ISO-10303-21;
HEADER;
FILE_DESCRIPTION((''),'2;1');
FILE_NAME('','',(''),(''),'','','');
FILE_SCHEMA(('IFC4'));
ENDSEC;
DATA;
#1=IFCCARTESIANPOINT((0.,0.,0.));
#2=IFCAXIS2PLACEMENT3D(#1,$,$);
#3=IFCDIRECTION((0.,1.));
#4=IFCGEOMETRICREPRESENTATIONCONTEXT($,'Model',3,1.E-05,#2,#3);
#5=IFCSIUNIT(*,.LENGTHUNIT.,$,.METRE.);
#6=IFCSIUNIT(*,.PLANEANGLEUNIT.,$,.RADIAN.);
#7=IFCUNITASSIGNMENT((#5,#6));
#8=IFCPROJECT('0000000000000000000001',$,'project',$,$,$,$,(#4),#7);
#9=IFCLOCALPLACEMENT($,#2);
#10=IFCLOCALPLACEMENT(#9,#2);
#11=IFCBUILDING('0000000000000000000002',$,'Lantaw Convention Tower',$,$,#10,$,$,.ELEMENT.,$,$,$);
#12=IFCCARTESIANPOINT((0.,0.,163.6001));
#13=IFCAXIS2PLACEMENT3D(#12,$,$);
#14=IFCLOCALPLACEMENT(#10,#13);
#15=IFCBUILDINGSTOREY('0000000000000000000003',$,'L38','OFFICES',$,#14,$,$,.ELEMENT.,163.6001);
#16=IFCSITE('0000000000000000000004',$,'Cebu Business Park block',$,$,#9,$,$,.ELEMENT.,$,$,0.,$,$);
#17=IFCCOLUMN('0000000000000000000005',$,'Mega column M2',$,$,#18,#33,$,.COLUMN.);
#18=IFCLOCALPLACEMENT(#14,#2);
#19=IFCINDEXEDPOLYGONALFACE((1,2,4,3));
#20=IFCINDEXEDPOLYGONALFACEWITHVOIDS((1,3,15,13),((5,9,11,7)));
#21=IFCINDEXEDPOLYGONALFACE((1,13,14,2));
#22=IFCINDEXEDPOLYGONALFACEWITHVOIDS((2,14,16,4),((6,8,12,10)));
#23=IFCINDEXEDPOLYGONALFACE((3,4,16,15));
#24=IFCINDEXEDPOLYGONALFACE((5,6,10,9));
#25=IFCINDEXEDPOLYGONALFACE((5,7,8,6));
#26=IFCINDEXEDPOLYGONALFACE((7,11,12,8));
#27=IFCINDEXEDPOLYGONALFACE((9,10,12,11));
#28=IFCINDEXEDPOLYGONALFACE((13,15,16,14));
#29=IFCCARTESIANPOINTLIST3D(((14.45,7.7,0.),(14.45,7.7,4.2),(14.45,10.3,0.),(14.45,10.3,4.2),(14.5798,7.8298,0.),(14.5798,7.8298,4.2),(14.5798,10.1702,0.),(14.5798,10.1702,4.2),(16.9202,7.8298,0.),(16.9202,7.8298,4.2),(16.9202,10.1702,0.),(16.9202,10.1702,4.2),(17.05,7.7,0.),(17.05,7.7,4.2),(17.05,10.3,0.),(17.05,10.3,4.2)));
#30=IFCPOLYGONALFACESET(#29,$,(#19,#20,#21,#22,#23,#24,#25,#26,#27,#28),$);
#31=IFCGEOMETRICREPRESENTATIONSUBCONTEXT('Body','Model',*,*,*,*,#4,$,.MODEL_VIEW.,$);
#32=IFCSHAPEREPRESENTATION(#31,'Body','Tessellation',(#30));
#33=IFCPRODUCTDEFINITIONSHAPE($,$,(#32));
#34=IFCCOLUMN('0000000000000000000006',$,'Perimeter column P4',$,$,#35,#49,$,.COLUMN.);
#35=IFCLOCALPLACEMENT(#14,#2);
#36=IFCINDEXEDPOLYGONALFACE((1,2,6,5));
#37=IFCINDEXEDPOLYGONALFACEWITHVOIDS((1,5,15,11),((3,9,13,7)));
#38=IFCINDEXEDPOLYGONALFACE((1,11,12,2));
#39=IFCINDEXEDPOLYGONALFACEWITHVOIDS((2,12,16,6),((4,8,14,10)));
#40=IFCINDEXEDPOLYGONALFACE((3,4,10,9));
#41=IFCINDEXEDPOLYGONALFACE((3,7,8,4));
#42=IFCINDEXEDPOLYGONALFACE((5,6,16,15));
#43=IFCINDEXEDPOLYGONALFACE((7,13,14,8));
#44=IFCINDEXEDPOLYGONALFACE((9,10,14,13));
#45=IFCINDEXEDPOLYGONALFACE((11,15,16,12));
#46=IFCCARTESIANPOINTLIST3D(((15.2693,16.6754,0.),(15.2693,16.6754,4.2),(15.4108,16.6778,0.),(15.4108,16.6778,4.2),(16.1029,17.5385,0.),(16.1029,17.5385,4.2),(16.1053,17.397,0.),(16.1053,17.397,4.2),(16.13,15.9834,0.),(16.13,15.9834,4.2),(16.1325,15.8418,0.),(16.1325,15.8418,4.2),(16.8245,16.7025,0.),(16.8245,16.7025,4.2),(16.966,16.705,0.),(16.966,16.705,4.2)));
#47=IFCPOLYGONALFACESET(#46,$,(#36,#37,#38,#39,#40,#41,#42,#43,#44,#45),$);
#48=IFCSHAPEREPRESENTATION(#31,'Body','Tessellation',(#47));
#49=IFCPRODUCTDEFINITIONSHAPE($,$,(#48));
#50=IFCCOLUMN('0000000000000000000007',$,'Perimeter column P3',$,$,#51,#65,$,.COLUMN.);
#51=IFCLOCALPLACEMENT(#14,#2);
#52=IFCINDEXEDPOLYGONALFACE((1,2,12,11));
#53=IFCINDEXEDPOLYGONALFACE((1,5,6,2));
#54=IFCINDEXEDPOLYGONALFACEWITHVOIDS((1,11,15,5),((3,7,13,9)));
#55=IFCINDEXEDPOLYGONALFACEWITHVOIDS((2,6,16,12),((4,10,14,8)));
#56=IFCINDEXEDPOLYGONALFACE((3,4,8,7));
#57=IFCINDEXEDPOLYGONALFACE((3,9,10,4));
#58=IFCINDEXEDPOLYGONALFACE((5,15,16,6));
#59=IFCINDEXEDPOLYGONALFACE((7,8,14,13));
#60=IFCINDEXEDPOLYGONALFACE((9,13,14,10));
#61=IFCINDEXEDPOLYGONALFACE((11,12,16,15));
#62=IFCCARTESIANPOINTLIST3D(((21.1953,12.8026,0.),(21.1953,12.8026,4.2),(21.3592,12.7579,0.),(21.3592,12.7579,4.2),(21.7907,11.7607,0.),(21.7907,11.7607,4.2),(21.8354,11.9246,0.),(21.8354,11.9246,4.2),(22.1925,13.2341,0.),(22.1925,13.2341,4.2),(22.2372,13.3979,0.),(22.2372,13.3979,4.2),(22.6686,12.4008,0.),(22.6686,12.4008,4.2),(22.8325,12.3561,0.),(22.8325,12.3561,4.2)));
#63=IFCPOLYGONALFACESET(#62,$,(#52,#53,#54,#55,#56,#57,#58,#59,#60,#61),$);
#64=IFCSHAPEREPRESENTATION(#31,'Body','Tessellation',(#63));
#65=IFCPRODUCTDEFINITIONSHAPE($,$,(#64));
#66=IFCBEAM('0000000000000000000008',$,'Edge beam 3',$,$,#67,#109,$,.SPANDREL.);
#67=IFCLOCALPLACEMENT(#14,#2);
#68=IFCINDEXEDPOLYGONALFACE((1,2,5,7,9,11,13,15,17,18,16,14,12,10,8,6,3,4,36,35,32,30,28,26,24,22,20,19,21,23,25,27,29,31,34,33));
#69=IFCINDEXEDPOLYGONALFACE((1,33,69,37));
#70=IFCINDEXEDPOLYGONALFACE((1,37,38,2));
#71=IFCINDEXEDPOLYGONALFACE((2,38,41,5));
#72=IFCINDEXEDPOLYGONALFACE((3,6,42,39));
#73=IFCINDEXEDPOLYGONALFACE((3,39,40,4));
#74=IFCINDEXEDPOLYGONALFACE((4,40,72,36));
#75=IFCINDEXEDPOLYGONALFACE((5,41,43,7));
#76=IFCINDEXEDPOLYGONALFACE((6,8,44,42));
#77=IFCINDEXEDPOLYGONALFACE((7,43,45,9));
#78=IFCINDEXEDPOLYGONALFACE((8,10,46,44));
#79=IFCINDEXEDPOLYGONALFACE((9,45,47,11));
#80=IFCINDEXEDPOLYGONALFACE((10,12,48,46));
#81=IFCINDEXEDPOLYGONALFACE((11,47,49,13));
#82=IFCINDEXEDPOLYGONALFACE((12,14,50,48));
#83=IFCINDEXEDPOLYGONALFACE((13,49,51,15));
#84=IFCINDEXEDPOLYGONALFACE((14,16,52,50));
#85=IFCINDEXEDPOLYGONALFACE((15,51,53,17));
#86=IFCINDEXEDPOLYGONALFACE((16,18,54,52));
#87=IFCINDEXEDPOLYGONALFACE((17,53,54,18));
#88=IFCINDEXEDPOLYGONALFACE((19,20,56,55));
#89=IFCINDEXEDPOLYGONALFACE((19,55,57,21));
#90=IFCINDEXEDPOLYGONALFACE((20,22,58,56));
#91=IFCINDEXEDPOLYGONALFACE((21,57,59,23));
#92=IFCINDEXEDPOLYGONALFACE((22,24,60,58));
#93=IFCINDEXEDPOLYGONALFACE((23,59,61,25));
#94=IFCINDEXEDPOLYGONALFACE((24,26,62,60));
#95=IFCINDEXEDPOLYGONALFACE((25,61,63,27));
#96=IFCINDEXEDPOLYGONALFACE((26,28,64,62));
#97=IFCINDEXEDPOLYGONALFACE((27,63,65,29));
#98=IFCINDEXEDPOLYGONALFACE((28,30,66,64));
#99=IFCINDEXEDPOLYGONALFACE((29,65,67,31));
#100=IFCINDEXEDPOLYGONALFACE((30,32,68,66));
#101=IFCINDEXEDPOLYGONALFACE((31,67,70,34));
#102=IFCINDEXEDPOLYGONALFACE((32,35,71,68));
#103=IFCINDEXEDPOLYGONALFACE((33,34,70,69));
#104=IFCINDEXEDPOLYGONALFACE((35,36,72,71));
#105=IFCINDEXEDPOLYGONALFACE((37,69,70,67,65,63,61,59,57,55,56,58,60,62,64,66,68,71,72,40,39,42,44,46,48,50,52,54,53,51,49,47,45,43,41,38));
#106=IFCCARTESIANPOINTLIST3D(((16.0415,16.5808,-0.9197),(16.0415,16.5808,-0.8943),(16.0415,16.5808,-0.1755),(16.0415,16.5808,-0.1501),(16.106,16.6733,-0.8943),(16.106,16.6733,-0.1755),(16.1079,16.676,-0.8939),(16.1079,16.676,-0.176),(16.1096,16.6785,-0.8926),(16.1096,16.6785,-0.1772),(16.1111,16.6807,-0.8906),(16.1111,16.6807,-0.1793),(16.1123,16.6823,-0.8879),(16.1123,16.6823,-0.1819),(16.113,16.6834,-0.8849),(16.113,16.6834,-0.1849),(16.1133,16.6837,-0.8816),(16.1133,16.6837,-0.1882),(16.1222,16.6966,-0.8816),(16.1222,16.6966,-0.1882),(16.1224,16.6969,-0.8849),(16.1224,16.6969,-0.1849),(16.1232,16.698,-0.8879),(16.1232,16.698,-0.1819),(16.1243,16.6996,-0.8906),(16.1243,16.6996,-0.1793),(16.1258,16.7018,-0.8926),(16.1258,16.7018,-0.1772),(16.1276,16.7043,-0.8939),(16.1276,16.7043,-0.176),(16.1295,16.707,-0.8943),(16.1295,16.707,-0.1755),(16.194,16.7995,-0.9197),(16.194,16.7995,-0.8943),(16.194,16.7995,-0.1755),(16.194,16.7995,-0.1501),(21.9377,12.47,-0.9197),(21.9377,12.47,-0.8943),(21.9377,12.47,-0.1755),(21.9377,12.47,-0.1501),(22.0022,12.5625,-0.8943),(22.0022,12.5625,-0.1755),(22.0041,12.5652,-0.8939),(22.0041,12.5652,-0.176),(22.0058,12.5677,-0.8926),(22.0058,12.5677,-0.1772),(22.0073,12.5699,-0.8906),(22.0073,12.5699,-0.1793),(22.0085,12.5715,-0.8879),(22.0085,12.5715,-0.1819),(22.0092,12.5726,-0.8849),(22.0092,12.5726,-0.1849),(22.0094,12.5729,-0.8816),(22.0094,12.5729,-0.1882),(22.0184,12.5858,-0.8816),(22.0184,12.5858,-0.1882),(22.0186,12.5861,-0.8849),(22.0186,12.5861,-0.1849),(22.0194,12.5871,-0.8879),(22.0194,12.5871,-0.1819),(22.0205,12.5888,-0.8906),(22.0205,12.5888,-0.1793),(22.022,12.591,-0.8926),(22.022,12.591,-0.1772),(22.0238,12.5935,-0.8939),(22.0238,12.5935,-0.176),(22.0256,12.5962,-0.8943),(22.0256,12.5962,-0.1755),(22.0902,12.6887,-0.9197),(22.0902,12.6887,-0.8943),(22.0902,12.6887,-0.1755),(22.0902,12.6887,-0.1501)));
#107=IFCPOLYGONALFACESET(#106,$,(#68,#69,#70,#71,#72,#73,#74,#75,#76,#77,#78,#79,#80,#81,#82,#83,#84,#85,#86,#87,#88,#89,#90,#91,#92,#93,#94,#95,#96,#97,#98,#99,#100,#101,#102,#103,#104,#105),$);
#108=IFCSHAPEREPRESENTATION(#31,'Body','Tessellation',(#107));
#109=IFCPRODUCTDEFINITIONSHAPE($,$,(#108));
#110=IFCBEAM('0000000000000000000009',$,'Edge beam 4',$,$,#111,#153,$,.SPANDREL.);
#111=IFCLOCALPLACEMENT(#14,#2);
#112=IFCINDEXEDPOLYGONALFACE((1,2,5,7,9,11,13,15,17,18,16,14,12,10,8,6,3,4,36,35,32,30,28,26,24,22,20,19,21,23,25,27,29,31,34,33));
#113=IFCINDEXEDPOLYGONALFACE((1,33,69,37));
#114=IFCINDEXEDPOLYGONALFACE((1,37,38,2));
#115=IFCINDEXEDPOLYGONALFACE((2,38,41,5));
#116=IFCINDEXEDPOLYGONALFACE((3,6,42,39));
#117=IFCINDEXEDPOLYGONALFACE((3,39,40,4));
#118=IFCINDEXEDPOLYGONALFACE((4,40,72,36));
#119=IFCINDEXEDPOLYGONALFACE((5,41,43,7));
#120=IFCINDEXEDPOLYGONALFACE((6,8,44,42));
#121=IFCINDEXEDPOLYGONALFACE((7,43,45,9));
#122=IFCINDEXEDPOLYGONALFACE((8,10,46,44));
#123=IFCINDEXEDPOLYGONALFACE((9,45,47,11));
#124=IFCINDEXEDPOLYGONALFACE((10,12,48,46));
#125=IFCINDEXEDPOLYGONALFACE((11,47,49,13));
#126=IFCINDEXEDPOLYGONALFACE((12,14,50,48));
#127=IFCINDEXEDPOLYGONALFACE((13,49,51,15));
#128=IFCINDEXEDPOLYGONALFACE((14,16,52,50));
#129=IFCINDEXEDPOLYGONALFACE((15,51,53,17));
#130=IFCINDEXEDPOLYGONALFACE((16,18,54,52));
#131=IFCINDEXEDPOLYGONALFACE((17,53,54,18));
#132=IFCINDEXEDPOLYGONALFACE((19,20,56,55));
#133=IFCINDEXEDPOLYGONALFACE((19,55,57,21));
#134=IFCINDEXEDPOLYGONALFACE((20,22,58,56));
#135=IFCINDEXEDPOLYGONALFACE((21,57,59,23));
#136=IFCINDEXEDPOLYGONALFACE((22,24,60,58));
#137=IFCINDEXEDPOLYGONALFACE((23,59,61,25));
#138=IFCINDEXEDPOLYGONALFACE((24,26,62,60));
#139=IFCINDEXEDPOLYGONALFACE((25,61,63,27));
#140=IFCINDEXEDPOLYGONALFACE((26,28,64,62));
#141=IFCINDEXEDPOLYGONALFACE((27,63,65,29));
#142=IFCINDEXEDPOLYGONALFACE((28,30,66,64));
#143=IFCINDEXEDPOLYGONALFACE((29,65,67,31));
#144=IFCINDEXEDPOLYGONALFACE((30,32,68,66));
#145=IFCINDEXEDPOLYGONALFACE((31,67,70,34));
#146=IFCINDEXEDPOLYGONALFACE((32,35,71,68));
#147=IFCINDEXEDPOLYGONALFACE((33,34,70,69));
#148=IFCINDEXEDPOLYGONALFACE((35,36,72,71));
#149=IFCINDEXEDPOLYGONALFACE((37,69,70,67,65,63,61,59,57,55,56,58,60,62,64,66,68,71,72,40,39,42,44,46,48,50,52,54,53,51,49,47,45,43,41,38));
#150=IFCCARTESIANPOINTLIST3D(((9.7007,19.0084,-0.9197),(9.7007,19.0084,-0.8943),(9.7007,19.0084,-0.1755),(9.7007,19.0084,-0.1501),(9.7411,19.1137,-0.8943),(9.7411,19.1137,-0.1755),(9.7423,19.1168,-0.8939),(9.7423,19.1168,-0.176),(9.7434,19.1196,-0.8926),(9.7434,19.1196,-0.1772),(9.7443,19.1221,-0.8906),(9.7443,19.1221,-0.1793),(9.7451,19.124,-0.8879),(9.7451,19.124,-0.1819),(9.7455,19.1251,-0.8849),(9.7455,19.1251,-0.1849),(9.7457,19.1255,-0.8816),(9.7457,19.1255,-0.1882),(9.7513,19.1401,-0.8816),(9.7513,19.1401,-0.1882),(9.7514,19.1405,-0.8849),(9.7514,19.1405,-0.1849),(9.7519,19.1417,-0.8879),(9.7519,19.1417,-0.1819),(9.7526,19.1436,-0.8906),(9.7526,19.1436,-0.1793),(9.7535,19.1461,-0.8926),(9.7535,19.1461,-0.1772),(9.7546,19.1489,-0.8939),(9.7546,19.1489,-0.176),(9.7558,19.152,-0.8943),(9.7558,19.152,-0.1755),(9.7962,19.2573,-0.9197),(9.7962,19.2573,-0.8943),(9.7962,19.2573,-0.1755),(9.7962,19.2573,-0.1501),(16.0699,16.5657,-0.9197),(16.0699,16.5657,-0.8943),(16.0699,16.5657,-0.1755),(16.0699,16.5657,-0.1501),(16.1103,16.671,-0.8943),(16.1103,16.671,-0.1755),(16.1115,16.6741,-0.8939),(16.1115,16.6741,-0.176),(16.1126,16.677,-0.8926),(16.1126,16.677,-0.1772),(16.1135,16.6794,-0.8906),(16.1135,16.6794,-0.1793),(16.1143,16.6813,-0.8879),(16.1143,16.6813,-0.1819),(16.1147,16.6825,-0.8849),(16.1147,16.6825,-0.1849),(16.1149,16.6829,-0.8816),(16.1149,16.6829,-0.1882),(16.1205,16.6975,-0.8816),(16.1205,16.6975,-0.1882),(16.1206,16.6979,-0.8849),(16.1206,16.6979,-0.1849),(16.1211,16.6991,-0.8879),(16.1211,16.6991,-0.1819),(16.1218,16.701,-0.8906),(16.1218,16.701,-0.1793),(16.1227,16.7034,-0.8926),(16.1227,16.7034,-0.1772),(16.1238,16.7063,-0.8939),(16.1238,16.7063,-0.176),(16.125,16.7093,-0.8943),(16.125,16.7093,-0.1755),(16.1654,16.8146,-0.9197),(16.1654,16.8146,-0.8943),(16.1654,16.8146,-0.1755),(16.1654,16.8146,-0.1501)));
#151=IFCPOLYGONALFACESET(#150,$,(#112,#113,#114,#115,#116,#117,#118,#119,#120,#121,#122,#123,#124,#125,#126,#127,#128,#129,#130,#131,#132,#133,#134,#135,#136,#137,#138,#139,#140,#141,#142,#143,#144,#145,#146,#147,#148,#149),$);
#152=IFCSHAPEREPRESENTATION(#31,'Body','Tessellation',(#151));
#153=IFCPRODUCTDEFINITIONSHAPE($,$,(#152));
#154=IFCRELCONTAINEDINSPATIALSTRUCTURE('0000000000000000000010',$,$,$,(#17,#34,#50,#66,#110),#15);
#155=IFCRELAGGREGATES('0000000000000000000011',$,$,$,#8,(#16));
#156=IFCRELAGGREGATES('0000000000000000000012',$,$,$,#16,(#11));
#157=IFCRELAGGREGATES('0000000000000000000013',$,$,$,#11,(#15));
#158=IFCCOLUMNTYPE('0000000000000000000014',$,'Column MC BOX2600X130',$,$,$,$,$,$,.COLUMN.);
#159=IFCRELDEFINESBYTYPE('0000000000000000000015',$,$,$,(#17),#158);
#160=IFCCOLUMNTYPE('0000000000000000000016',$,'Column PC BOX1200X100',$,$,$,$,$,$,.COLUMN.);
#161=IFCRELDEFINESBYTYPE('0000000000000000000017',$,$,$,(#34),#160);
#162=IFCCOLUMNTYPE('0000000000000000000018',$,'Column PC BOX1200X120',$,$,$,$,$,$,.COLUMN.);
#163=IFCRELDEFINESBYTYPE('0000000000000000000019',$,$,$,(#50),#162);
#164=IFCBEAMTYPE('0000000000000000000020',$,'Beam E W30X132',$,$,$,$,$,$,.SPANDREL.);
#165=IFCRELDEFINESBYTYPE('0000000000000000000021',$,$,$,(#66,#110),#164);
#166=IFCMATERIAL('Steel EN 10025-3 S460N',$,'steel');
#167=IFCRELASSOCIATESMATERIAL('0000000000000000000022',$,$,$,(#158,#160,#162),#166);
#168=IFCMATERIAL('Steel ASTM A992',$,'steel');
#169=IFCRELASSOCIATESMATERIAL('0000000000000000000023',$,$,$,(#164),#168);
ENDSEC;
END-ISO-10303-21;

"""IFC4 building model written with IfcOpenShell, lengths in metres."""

from ifc_helpers import new_model, si_unit, direction, frame, origin, origin_2d, place, context, subcontext, project, spatial, rectangle, hollow_rectangle, i_section, extrude, material, material_profile, profile_set, type_object, element, save


model = new_model("IFC4")

# Units and contexts
model_context = context("Model", 3, precision=1e-05, world=origin(), true_north=direction((0.0, 1.0)))
body_context = subcontext(model_context, "Body", "Model", "MODEL_VIEW")
ifc_project = project(units=[si_unit("LENGTHUNIT", "METRE"), si_unit("PLANEANGLEUNIT", "RADIAN")], contexts=[model_context])

# Site, building, storey
site_placement = place(None, origin())
site = spatial("IfcSite", under=ifc_project, at=site_placement, Name="Cebu Business Park block", CompositionType="ELEMENT", RefElevation=0.0)
building_placement = place(site_placement, origin())
building = spatial("IfcBuilding", under=site, at=building_placement, Name="Lantaw Convention Tower", CompositionType="ELEMENT")
storey_placement = place(building_placement, frame((0.0, 0.0, 163.6001)))
storey = spatial("IfcBuildingStorey", under=building, at=storey_placement, Name="L38", Description="OFFICES", CompositionType="ELEMENT", Elevation=163.6001)

# Columns
ifc_material_1 = material(Name="Steel EN 10025-3 S460N", Category="steel")
ifc_material_profile_1 = material_profile(ifc_material_1, hollow_rectangle(XDim=2.6001, YDim=2.6001, WallThickness=0.1299, at=origin_2d()), Name="BOX2600X130")
ifc_material_2 = material(Name="Concrete C60/75", Category="concrete")
ifc_material_profile_2 = material_profile(ifc_material_2, rectangle(XDim=2.3401, YDim=2.3401, at=origin_2d()), Name="Concrete fill of BOX2600X130")
ifc_profile_set_1 = profile_set([ifc_material_profile_1, ifc_material_profile_2], Name="Steel EN 10025-3 S460N")
column_type_1 = type_object("IfcColumnType", Name="Column MC BOX2600X130", PredefinedType="COLUMN", material=ifc_profile_set_1)
column_1_placement = place(storey_placement, frame((15.75, 9.0, 0.0), z_axis=(0.0, 0.0, 1.0), x_axis=(1.0, 0.0, 0.0)))
element("IfcColumn", 1, at=column_1_placement, inside=storey, type_object=column_type_1, Name="Mega column M2", PredefinedType="COLUMN", context=body_context, shape_type="SweptSolid", body=[
    extrude(hollow_rectangle(XDim=2.6001, YDim=2.6001, WallThickness=0.1299, at=origin_2d()), origin(), (0.0, 0.0, 1.0), 4.2),
])
ifc_material_profile_3 = material_profile(ifc_material_1, hollow_rectangle(XDim=1.2, YDim=1.2, WallThickness=0.1001, at=origin_2d()), Name="BOX1200X100")
ifc_material_profile_4 = material_profile(ifc_material_2, rectangle(XDim=1.0, YDim=1.0, at=origin_2d()), Name="Concrete fill of BOX1200X100")
ifc_profile_set_2 = profile_set([ifc_material_profile_3, ifc_material_profile_4], Name="Steel EN 10025-3 S460N")
column_type_2 = type_object("IfcColumnType", Name="Column PC BOX1200X100", PredefinedType="COLUMN", material=ifc_profile_set_2)
column_2_placement = place(storey_placement, frame((16.1177, 16.6902, 0.0), z_axis=(0.0, 0.0, 1.0), x_axis=(0.694658, 0.71934, 0.0)))
element("IfcColumn", 2, at=column_2_placement, inside=storey, type_object=column_type_2, Name="Perimeter column P4", PredefinedType="COLUMN", context=body_context, shape_type="SweptSolid", body=[
    extrude(hollow_rectangle(XDim=1.2, YDim=1.2, WallThickness=0.1001, at=origin_2d()), origin(), (0.0, 0.0, 1.0), 4.2),
])
ifc_material_profile_5 = material_profile(ifc_material_1, hollow_rectangle(XDim=1.2, YDim=1.2, WallThickness=0.1201, at=origin_2d()), Name="BOX1200X120")
ifc_material_profile_6 = material_profile(ifc_material_2, rectangle(XDim=0.96, YDim=0.96, at=origin_2d()), Name="Concrete fill of BOX1200X120")
ifc_profile_set_3 = profile_set([ifc_material_profile_5, ifc_material_profile_6], Name="Steel EN 10025-3 S460N")
column_type_3 = type_object("IfcColumnType", Name="Column PC BOX1200X120", PredefinedType="COLUMN", material=ifc_profile_set_3)
column_3_placement = place(storey_placement, frame((22.0139, 12.5793, 0.0), z_axis=(0.0, 0.0, 1.0), x_axis=(0.868243, 0.496139, 0.0)))
element("IfcColumn", 3, at=column_3_placement, inside=storey, type_object=column_type_3, Name="Perimeter column P3", PredefinedType="COLUMN", context=body_context, shape_type="SweptSolid", body=[
    extrude(hollow_rectangle(XDim=1.2, YDim=1.2, WallThickness=0.1201, at=origin_2d()), origin(), (0.0, 0.0, 1.0), 4.2),
])

# Beams
ifc_material_3 = material(Name="Steel ASTM A992", Category="steel")
ifc_material_profile_7 = material_profile(ifc_material_3, i_section(OverallWidth=0.2666, OverallDepth=0.7695, WebThickness=0.0156, FlangeThickness=0.0254, FilletRadius=0.0127, at=origin_2d()), Name="W30X132")
ifc_profile_set_4 = profile_set([ifc_material_profile_7], Name="Steel ASTM A992")
beam_type_1 = type_object("IfcBeamType", Name="Beam E W30X132", PredefinedType="SPANDREL", material=ifc_profile_set_4)
beam_1_placement = place(storey_placement, frame((22.0139, 12.5793, -0.5349), z_axis=(-0.820311, 0.571918, 0.0), x_axis=(-0.571918, -0.820311, 0.0)))
element("IfcBeam", 4, at=beam_1_placement, inside=storey, type_object=beam_type_1, Name="Edge beam 3", PredefinedType="SPANDREL", context=body_context, shape_type="SweptSolid", body=[
    extrude(i_section(OverallWidth=0.2666, OverallDepth=0.7695, WebThickness=0.0156, FlangeThickness=0.0254, FilletRadius=0.0127, at=origin_2d()), origin(), (0.0, 0.0, 1.0), 7.1877),
])
beam_2_placement = place(storey_placement, frame((16.1177, 16.6902, -0.5349), z_axis=(-0.933691, 0.35808, 0.0), x_axis=(-0.35808, -0.933691, 0.0)))
element("IfcBeam", 5, at=beam_2_placement, inside=storey, type_object=beam_type_1, Name="Edge beam 4", PredefinedType="SPANDREL", context=body_context, shape_type="SweptSolid", body=[
    extrude(i_section(OverallWidth=0.2666, OverallDepth=0.7695, WebThickness=0.0156, FlangeThickness=0.0254, FilletRadius=0.0127, at=origin_2d()), origin(), (0.0, 0.0, 1.0), 6.8215),
])

save(model, "model.ifc")
